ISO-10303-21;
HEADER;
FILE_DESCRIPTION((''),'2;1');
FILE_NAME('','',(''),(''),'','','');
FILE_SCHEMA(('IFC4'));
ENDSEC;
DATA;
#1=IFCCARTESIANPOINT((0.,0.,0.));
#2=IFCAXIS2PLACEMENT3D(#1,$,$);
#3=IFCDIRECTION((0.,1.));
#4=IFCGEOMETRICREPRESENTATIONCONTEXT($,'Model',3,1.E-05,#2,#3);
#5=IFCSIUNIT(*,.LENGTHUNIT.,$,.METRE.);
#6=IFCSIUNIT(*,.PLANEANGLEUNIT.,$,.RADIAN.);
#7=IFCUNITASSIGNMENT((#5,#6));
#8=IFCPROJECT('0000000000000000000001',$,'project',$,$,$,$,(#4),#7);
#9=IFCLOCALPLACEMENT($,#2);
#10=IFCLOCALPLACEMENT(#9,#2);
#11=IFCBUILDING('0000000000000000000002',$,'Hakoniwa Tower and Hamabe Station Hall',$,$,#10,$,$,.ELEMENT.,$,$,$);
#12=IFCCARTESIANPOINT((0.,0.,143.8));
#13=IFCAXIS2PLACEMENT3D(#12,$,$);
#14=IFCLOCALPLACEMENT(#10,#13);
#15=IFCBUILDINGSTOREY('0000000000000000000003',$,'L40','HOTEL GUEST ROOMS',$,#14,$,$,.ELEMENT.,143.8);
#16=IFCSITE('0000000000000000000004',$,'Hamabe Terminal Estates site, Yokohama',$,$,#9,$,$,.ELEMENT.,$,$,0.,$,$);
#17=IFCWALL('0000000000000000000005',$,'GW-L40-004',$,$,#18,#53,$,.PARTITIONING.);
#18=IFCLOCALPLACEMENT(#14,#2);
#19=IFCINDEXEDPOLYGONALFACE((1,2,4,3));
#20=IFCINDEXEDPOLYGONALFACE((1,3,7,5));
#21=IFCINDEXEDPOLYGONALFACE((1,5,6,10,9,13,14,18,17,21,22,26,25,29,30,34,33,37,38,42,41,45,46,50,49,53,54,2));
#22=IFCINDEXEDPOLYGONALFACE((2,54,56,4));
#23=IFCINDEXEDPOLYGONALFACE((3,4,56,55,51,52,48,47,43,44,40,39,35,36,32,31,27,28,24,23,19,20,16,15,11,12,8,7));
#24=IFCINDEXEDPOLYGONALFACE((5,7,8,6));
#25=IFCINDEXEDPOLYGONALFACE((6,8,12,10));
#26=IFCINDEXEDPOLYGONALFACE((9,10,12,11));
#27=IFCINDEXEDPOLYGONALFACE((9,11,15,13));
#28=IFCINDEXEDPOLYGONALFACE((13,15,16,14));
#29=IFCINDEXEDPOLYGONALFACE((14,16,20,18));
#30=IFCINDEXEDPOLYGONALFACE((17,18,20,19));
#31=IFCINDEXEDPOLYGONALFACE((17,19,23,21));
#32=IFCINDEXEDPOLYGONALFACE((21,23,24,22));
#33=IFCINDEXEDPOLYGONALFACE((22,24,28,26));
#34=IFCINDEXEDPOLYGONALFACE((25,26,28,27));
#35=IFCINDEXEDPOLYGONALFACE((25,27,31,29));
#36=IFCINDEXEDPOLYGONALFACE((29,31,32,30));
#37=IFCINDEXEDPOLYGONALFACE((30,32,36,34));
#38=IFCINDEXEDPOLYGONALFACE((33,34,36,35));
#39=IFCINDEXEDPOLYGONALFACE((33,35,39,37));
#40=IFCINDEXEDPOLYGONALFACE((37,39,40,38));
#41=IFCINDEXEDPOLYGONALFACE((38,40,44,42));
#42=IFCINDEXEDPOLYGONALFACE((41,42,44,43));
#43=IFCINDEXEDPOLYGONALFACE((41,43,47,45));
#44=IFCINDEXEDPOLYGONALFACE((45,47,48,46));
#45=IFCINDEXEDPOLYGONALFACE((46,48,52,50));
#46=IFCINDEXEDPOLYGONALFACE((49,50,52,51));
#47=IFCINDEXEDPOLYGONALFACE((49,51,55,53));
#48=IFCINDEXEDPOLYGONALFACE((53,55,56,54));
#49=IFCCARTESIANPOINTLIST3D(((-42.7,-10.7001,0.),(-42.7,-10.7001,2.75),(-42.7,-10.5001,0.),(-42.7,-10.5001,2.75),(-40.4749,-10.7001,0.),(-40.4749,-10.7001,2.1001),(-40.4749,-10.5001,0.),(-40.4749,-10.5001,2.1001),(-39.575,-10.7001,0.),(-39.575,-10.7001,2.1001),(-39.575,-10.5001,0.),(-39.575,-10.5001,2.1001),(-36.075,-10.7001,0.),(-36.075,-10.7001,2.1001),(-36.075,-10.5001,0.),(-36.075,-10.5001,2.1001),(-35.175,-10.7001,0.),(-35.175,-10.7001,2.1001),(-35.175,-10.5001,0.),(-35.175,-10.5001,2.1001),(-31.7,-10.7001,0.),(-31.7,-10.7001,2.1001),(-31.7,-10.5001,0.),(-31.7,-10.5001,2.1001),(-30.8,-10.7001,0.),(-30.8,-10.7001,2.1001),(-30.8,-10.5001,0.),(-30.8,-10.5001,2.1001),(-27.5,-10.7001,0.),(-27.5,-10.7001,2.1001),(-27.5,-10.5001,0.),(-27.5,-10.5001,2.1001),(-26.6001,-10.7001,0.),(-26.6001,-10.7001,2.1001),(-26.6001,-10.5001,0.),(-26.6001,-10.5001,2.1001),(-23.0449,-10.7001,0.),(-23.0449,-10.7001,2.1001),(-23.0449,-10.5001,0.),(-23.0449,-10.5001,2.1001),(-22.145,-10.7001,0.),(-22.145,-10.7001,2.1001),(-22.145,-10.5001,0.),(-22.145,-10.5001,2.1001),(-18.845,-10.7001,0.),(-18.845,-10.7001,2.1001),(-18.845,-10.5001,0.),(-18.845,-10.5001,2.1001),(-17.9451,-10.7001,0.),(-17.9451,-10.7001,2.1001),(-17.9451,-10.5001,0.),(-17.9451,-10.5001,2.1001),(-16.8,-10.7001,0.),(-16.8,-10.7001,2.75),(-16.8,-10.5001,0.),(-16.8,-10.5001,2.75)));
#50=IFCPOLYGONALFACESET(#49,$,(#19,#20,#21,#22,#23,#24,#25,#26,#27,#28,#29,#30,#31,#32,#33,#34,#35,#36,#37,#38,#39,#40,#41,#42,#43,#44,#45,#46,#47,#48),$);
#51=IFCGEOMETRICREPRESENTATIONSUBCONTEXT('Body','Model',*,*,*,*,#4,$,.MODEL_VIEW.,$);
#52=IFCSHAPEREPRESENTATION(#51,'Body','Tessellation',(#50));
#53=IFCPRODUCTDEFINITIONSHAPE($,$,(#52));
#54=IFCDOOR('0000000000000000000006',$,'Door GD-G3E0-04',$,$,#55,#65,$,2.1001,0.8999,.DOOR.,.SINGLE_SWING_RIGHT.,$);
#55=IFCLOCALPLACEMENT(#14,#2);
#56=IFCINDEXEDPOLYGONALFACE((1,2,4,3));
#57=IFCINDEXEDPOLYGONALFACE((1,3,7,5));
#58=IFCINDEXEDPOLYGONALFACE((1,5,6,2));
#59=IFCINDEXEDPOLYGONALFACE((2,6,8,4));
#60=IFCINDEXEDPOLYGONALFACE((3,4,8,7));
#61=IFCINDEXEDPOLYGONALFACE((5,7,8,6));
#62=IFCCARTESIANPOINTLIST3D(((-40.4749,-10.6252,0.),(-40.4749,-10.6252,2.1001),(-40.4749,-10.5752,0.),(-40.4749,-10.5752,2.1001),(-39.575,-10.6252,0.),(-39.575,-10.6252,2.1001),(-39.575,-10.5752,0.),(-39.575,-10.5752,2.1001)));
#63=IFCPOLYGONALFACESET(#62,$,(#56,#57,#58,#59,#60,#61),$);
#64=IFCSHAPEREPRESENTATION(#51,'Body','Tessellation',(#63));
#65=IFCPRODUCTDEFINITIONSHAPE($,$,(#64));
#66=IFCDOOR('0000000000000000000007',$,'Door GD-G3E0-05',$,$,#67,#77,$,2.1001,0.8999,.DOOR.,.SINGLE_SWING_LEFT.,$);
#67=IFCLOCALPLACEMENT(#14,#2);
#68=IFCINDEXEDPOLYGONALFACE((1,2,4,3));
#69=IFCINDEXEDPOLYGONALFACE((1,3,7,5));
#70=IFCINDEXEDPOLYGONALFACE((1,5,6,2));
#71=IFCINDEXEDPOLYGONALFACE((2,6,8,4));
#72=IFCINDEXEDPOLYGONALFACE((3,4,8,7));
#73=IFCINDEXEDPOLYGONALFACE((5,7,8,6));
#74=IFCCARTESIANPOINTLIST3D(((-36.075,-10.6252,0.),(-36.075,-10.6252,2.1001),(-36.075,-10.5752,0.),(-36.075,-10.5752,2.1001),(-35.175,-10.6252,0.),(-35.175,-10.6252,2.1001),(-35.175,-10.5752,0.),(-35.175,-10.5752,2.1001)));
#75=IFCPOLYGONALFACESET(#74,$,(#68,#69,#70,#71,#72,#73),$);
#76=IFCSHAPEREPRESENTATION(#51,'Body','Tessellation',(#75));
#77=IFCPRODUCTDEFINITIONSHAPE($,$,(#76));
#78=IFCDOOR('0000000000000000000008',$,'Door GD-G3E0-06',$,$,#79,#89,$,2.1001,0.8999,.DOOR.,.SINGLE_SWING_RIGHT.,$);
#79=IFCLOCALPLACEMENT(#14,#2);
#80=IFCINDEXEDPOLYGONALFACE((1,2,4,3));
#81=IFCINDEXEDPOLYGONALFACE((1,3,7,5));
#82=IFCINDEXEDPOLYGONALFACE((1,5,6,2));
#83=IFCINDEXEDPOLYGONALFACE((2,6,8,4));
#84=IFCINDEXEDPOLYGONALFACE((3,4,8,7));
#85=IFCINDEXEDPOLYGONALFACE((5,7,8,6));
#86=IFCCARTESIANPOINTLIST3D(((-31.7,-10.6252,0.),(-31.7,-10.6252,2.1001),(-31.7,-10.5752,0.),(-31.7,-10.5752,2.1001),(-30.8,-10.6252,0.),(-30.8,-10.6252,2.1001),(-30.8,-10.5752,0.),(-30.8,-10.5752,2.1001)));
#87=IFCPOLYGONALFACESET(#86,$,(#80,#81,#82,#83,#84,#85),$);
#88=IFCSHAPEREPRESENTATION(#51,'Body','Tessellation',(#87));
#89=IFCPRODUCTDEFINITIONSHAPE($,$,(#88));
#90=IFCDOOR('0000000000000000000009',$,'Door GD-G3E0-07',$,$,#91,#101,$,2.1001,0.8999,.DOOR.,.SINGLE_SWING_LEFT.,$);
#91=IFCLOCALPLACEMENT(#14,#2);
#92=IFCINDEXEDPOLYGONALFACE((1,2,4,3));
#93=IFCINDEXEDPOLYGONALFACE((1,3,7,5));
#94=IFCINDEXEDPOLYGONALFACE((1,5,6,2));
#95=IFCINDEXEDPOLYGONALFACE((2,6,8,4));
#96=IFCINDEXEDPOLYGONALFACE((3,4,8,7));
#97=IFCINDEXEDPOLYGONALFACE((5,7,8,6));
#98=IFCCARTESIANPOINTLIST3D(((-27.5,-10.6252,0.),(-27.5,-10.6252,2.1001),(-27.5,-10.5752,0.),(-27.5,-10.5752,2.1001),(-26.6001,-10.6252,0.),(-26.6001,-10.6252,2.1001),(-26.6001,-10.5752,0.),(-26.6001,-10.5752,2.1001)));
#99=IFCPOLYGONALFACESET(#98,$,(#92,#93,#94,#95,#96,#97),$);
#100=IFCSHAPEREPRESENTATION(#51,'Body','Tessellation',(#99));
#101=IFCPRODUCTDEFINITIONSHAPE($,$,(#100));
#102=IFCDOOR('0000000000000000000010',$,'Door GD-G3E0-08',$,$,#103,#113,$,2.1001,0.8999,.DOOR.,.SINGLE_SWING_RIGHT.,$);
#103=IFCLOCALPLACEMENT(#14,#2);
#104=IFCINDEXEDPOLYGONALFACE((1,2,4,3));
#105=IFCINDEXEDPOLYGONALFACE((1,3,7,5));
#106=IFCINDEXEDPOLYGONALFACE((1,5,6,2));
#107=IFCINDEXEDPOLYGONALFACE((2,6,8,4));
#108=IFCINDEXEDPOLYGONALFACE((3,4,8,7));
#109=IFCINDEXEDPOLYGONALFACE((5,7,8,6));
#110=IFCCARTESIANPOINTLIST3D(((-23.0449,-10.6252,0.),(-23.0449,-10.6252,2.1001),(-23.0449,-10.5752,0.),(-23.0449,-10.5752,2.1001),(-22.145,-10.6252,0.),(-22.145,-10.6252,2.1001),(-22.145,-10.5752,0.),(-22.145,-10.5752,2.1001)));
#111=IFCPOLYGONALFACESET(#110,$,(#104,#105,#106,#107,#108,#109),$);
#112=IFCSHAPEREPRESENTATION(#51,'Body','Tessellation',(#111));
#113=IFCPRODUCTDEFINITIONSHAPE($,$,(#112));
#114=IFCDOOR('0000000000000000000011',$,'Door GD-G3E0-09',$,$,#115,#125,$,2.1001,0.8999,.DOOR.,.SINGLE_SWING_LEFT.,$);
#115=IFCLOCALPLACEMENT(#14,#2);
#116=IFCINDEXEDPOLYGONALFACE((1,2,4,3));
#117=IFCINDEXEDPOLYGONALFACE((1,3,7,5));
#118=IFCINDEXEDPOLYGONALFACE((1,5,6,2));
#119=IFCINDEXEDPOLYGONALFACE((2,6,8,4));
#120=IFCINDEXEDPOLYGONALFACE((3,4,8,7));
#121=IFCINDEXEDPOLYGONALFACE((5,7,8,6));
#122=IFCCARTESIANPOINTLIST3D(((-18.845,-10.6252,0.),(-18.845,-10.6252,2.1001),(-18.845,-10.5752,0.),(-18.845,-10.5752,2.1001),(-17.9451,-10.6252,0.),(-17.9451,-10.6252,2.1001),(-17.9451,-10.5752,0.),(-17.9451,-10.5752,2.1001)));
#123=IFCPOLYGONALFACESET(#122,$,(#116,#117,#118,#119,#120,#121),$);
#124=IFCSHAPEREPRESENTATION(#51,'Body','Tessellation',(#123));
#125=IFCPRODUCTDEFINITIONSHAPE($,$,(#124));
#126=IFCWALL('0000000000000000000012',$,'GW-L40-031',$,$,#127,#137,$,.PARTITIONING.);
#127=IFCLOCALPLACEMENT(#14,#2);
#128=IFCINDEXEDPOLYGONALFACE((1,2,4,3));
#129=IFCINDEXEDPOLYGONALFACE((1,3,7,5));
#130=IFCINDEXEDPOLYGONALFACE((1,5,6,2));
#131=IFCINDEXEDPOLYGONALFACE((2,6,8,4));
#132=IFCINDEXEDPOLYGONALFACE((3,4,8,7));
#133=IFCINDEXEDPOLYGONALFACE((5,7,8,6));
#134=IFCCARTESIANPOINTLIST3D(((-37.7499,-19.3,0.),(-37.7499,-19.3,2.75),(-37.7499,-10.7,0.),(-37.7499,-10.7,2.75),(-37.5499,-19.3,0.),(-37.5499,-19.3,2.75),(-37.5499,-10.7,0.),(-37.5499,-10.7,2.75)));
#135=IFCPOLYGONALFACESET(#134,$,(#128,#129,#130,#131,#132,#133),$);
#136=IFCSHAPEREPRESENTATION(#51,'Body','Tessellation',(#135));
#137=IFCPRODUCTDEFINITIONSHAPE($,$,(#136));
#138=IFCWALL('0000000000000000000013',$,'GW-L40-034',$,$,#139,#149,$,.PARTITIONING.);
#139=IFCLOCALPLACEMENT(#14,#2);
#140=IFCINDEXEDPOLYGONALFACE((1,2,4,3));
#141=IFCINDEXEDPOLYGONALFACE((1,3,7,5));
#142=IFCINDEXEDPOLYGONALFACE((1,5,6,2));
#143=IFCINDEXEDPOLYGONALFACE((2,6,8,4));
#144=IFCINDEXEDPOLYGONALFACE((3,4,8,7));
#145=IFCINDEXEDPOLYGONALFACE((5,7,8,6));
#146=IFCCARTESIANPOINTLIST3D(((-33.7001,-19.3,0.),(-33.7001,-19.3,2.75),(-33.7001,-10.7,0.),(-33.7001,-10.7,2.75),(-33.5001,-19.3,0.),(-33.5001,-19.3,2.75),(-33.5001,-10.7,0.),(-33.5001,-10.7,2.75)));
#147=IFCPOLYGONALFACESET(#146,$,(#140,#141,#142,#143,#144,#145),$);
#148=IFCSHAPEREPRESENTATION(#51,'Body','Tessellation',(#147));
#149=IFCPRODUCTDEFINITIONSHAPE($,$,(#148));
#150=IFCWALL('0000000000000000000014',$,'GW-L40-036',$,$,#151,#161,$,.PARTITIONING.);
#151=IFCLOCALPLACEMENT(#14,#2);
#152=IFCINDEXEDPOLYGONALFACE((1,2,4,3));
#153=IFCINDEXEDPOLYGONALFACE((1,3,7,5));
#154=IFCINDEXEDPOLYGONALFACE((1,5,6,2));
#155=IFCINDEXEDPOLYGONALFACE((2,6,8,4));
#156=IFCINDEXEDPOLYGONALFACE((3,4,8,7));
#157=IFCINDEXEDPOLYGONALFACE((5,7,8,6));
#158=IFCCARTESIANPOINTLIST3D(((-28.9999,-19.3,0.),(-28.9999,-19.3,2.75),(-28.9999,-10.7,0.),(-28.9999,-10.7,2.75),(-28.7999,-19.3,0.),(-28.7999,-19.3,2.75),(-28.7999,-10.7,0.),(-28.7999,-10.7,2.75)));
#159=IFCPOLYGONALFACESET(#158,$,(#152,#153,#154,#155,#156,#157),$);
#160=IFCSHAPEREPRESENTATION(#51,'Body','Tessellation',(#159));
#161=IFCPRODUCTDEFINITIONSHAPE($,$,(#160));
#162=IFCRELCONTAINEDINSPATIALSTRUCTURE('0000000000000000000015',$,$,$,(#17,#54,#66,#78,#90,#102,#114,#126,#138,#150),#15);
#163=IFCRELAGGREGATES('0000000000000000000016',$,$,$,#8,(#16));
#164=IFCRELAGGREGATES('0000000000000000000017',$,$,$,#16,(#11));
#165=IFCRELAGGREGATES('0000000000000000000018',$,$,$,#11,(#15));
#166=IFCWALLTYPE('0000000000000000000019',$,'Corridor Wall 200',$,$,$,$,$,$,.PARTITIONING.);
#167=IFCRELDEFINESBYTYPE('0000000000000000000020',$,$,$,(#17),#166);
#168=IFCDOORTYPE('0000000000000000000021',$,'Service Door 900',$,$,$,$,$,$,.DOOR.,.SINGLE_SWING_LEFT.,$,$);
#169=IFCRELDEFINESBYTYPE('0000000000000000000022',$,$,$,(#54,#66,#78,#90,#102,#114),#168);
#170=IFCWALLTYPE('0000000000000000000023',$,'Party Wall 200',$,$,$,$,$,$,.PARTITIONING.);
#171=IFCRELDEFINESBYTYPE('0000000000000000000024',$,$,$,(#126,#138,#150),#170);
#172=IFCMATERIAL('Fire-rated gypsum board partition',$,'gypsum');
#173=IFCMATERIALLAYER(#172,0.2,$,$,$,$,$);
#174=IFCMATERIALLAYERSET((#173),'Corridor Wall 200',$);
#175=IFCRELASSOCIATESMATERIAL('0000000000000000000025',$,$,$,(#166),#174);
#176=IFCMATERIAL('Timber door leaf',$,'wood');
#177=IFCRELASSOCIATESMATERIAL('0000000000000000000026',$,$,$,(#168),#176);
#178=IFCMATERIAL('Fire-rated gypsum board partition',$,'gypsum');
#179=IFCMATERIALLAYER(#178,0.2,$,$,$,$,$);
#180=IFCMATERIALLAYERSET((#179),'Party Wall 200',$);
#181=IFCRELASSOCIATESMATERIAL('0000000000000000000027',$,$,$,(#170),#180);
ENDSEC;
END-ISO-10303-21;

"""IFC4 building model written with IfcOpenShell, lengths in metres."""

from ifc_helpers import new_model, si_unit, direction, frame, frame_2d, origin, place, context, subcontext, project, spatial, rectangle, extrude, material, layer, layer_set, type_object, element, fill, save


model = new_model("IFC4")

# Units and contexts
model_context = context("Model", 3, precision=1e-05, world=origin(), true_north=direction((0.0, 1.0)))
body_context = subcontext(model_context, "Body", "Model", "MODEL_VIEW")
ifc_project = project(units=[si_unit("LENGTHUNIT", "METRE"), si_unit("PLANEANGLEUNIT", "RADIAN")], contexts=[model_context])

# Site, building, storey
site_placement = place(None, origin())
site = spatial("IfcSite", under=ifc_project, at=site_placement, Name="Hamabe Terminal Estates site, Yokohama", CompositionType="ELEMENT", RefElevation=0.0)
building_placement = place(site_placement, origin())
building = spatial("IfcBuilding", under=site, at=building_placement, Name="Hakoniwa Tower and Hamabe Station Hall", CompositionType="ELEMENT")
storey_placement = place(building_placement, frame((0.0, 0.0, 143.8)))
storey = spatial("IfcBuildingStorey", under=building, at=storey_placement, Name="L40", Description="HOTEL GUEST ROOMS", CompositionType="ELEMENT", Elevation=143.8)

# Wall, openings, doors
ifc_material_1 = material(Name="Fire-rated gypsum board partition", Category="gypsum")
ifc_layer_1 = layer(ifc_material_1, 0.2)
ifc_layer_set_1 = layer_set([ifc_layer_1], Name="Corridor Wall 200")
wall_type_1 = type_object("IfcWallType", Name="Corridor Wall 200", PredefinedType="PARTITIONING", material=ifc_layer_set_1)
wall_1_placement = place(storey_placement, frame((-42.7, -10.6001, 0.0), z_axis=(0.0, 0.0, 1.0), x_axis=(1.0, 0.0, 0.0)))
wall_1 = element("IfcWall", 1, at=wall_1_placement, inside=storey, type_object=wall_type_1, Name="GW-L40-004", PredefinedType="PARTITIONING", context=body_context, shape_type="SweptSolid", body=[
    extrude(rectangle(XDim=25.8999, YDim=0.2, at=frame_2d((12.95, 0.0))), origin(), (0.0, 0.0, 1.0), 2.75),
])
opening_1_placement = place(wall_1_placement, frame((2.2251, 0.0, 0.0)))
opening_1 = element("IfcOpeningElement", 2, at=opening_1_placement, cuts=wall_1, PredefinedType="OPENING", context=body_context, shape_type="SweptSolid", body=[
    extrude(rectangle(XDim=0.8999, YDim=2.1001, at=frame_2d((0.45, 1.05))), frame((0.0, 0.1099, 0.0), z_axis=(0.0, -1.0, 0.0), x_axis=(1.0, 0.0, 0.0)), (0.0, 0.0, 1.0), 0.22),
])
opening_2_placement = place(wall_1_placement, frame((6.625, 0.0, 0.0)))
opening_2 = element("IfcOpeningElement", 3, at=opening_2_placement, cuts=wall_1, PredefinedType="OPENING", context=body_context, shape_type="SweptSolid", body=[
    extrude(rectangle(XDim=0.8999, YDim=2.1001, at=frame_2d((0.45, 1.05))), frame((0.0, 0.1099, 0.0), z_axis=(0.0, -1.0, 0.0), x_axis=(1.0, 0.0, 0.0)), (0.0, 0.0, 1.0), 0.22),
])
opening_3_placement = place(wall_1_placement, frame((11.0, 0.0, 0.0)))
opening_3 = element("IfcOpeningElement", 4, at=opening_3_placement, cuts=wall_1, PredefinedType="OPENING", context=body_context, shape_type="SweptSolid", body=[
    extrude(rectangle(XDim=0.8999, YDim=2.1001, at=frame_2d((0.45, 1.05))), frame((0.0, 0.1099, 0.0), z_axis=(0.0, -1.0, 0.0), x_axis=(1.0, 0.0, 0.0)), (0.0, 0.0, 1.0), 0.22),
])
opening_4_placement = place(wall_1_placement, frame((15.2, 0.0, 0.0)))
opening_4 = element("IfcOpeningElement", 5, at=opening_4_placement, cuts=wall_1, PredefinedType="OPENING", context=body_context, shape_type="SweptSolid", body=[
    extrude(rectangle(XDim=0.8999, YDim=2.1001, at=frame_2d((0.45, 1.05))), frame((0.0, 0.1099, 0.0), z_axis=(0.0, -1.0, 0.0), x_axis=(1.0, 0.0, 0.0)), (0.0, 0.0, 1.0), 0.22),
])
opening_5_placement = place(wall_1_placement, frame((19.655, 0.0, 0.0)))
opening_5 = element("IfcOpeningElement", 6, at=opening_5_placement, cuts=wall_1, PredefinedType="OPENING", context=body_context, shape_type="SweptSolid", body=[
    extrude(rectangle(XDim=0.8999, YDim=2.1001, at=frame_2d((0.45, 1.05))), frame((0.0, 0.1099, 0.0), z_axis=(0.0, -1.0, 0.0), x_axis=(1.0, 0.0, 0.0)), (0.0, 0.0, 1.0), 0.22),
])
opening_6_placement = place(wall_1_placement, frame((23.855, 0.0, 0.0)))
opening_6 = element("IfcOpeningElement", 7, at=opening_6_placement, cuts=wall_1, PredefinedType="OPENING", context=body_context, shape_type="SweptSolid", body=[
    extrude(rectangle(XDim=0.8999, YDim=2.1001, at=frame_2d((0.45, 1.05))), frame((0.0, 0.1099, 0.0), z_axis=(0.0, -1.0, 0.0), x_axis=(1.0, 0.0, 0.0)), (0.0, 0.0, 1.0), 0.22),
])
ifc_material_2 = material(Name="Timber door leaf", Category="wood")
door_type = type_object("IfcDoorType", Name="Service Door 900", OperationType="SINGLE_SWING_LEFT", PredefinedType="DOOR", material=ifc_material_2)
door_1_placement = place(opening_1_placement, origin())
door_1 = element("IfcDoor", 8, at=door_1_placement, inside=storey, type_object=door_type, Name="Door GD-G3E0-04", OperationType="SINGLE_SWING_RIGHT", OverallHeight=2.1001, OverallWidth=0.8999, PredefinedType="DOOR", context=body_context, shape_type="SweptSolid", body=[
    extrude(rectangle(XDim=0.8999, YDim=2.1001, at=frame_2d((0.45, 1.05))), frame((0.0, 0.0249, 0.0), z_axis=(0.0, -1.0, 0.0), x_axis=(1.0, 0.0, 0.0)), (0.0, 0.0, 1.0), 0.05),
])
fill(opening_1, door_1)
door_2_placement = place(opening_2_placement, origin())
door_2 = element("IfcDoor", 9, at=door_2_placement, inside=storey, type_object=door_type, Name="Door GD-G3E0-05", OperationType="SINGLE_SWING_LEFT", OverallHeight=2.1001, OverallWidth=0.8999, PredefinedType="DOOR", context=body_context, shape_type="SweptSolid", body=[
    extrude(rectangle(XDim=0.8999, YDim=2.1001, at=frame_2d((0.45, 1.05))), frame((0.0, 0.0249, 0.0), z_axis=(0.0, -1.0, 0.0), x_axis=(1.0, 0.0, 0.0)), (0.0, 0.0, 1.0), 0.05),
])
fill(opening_2, door_2)
door_3_placement = place(opening_3_placement, origin())
door_3 = element("IfcDoor", 10, at=door_3_placement, inside=storey, type_object=door_type, Name="Door GD-G3E0-06", OperationType="SINGLE_SWING_RIGHT", OverallHeight=2.1001, OverallWidth=0.8999, PredefinedType="DOOR", context=body_context, shape_type="SweptSolid", body=[
    extrude(rectangle(XDim=0.8999, YDim=2.1001, at=frame_2d((0.45, 1.05))), frame((0.0, 0.0249, 0.0), z_axis=(0.0, -1.0, 0.0), x_axis=(1.0, 0.0, 0.0)), (0.0, 0.0, 1.0), 0.05),
])
fill(opening_3, door_3)
door_4_placement = place(opening_4_placement, origin())
door_4 = element("IfcDoor", 11, at=door_4_placement, inside=storey, type_object=door_type, Name="Door GD-G3E0-07", OperationType="SINGLE_SWING_LEFT", OverallHeight=2.1001, OverallWidth=0.8999, PredefinedType="DOOR", context=body_context, shape_type="SweptSolid", body=[
    extrude(rectangle(XDim=0.8999, YDim=2.1001, at=frame_2d((0.45, 1.05))), frame((0.0, 0.0249, 0.0), z_axis=(0.0, -1.0, 0.0), x_axis=(1.0, 0.0, 0.0)), (0.0, 0.0, 1.0), 0.05),
])
fill(opening_4, door_4)
door_5_placement = place(opening_5_placement, origin())
door_5 = element("IfcDoor", 12, at=door_5_placement, inside=storey, type_object=door_type, Name="Door GD-G3E0-08", OperationType="SINGLE_SWING_RIGHT", OverallHeight=2.1001, OverallWidth=0.8999, PredefinedType="DOOR", context=body_context, shape_type="SweptSolid", body=[
    extrude(rectangle(XDim=0.8999, YDim=2.1001, at=frame_2d((0.45, 1.05))), frame((0.0, 0.0249, 0.0), z_axis=(0.0, -1.0, 0.0), x_axis=(1.0, 0.0, 0.0)), (0.0, 0.0, 1.0), 0.05),
])
fill(opening_5, door_5)
door_6_placement = place(opening_6_placement, origin())
door_6 = element("IfcDoor", 13, at=door_6_placement, inside=storey, type_object=door_type, Name="Door GD-G3E0-09", OperationType="SINGLE_SWING_LEFT", OverallHeight=2.1001, OverallWidth=0.8999, PredefinedType="DOOR", context=body_context, shape_type="SweptSolid", body=[
    extrude(rectangle(XDim=0.8999, YDim=2.1001, at=frame_2d((0.45, 1.05))), frame((0.0, 0.0249, 0.0), z_axis=(0.0, -1.0, 0.0), x_axis=(1.0, 0.0, 0.0)), (0.0, 0.0, 1.0), 0.05),
])
fill(opening_6, door_6)

# Walls
ifc_material_3 = material(Name="Fire-rated gypsum board partition", Category="gypsum")
ifc_layer_2 = layer(ifc_material_3, 0.2)
ifc_layer_set_2 = layer_set([ifc_layer_2], Name="Party Wall 200")
wall_type_2 = type_object("IfcWallType", Name="Party Wall 200", PredefinedType="PARTITIONING", material=ifc_layer_set_2)
for number, where, z_axis, x_axis, name in (
    (14, (-37.6499, -19.3, 0.0), (0.0, 0.0, 1.0), (0.0, 1.0, 0.0), "GW-L40-031"),
    (15, (-33.6001, -19.3, 0.0), (0.0, 0.0, 1.0), (0.0, 1.0, 0.0), "GW-L40-034"),
    (16, (-28.8999, -19.3, 0.0), (0.0, 0.0, 1.0), (0.0, 1.0, 0.0), "GW-L40-036"),
):
    element("IfcWall", number, at=place(storey_placement, frame(where, z_axis=z_axis, x_axis=x_axis)), inside=storey, type_object=wall_type_2, Name=name, PredefinedType="PARTITIONING", context=body_context, shape_type="SweptSolid", body=[
        extrude(rectangle(XDim=8.6001, YDim=0.2, at=frame_2d((4.3, 0.0))), origin(), (0.0, 0.0, 1.0), 2.75),
    ])

save(model, "model.ifc")
